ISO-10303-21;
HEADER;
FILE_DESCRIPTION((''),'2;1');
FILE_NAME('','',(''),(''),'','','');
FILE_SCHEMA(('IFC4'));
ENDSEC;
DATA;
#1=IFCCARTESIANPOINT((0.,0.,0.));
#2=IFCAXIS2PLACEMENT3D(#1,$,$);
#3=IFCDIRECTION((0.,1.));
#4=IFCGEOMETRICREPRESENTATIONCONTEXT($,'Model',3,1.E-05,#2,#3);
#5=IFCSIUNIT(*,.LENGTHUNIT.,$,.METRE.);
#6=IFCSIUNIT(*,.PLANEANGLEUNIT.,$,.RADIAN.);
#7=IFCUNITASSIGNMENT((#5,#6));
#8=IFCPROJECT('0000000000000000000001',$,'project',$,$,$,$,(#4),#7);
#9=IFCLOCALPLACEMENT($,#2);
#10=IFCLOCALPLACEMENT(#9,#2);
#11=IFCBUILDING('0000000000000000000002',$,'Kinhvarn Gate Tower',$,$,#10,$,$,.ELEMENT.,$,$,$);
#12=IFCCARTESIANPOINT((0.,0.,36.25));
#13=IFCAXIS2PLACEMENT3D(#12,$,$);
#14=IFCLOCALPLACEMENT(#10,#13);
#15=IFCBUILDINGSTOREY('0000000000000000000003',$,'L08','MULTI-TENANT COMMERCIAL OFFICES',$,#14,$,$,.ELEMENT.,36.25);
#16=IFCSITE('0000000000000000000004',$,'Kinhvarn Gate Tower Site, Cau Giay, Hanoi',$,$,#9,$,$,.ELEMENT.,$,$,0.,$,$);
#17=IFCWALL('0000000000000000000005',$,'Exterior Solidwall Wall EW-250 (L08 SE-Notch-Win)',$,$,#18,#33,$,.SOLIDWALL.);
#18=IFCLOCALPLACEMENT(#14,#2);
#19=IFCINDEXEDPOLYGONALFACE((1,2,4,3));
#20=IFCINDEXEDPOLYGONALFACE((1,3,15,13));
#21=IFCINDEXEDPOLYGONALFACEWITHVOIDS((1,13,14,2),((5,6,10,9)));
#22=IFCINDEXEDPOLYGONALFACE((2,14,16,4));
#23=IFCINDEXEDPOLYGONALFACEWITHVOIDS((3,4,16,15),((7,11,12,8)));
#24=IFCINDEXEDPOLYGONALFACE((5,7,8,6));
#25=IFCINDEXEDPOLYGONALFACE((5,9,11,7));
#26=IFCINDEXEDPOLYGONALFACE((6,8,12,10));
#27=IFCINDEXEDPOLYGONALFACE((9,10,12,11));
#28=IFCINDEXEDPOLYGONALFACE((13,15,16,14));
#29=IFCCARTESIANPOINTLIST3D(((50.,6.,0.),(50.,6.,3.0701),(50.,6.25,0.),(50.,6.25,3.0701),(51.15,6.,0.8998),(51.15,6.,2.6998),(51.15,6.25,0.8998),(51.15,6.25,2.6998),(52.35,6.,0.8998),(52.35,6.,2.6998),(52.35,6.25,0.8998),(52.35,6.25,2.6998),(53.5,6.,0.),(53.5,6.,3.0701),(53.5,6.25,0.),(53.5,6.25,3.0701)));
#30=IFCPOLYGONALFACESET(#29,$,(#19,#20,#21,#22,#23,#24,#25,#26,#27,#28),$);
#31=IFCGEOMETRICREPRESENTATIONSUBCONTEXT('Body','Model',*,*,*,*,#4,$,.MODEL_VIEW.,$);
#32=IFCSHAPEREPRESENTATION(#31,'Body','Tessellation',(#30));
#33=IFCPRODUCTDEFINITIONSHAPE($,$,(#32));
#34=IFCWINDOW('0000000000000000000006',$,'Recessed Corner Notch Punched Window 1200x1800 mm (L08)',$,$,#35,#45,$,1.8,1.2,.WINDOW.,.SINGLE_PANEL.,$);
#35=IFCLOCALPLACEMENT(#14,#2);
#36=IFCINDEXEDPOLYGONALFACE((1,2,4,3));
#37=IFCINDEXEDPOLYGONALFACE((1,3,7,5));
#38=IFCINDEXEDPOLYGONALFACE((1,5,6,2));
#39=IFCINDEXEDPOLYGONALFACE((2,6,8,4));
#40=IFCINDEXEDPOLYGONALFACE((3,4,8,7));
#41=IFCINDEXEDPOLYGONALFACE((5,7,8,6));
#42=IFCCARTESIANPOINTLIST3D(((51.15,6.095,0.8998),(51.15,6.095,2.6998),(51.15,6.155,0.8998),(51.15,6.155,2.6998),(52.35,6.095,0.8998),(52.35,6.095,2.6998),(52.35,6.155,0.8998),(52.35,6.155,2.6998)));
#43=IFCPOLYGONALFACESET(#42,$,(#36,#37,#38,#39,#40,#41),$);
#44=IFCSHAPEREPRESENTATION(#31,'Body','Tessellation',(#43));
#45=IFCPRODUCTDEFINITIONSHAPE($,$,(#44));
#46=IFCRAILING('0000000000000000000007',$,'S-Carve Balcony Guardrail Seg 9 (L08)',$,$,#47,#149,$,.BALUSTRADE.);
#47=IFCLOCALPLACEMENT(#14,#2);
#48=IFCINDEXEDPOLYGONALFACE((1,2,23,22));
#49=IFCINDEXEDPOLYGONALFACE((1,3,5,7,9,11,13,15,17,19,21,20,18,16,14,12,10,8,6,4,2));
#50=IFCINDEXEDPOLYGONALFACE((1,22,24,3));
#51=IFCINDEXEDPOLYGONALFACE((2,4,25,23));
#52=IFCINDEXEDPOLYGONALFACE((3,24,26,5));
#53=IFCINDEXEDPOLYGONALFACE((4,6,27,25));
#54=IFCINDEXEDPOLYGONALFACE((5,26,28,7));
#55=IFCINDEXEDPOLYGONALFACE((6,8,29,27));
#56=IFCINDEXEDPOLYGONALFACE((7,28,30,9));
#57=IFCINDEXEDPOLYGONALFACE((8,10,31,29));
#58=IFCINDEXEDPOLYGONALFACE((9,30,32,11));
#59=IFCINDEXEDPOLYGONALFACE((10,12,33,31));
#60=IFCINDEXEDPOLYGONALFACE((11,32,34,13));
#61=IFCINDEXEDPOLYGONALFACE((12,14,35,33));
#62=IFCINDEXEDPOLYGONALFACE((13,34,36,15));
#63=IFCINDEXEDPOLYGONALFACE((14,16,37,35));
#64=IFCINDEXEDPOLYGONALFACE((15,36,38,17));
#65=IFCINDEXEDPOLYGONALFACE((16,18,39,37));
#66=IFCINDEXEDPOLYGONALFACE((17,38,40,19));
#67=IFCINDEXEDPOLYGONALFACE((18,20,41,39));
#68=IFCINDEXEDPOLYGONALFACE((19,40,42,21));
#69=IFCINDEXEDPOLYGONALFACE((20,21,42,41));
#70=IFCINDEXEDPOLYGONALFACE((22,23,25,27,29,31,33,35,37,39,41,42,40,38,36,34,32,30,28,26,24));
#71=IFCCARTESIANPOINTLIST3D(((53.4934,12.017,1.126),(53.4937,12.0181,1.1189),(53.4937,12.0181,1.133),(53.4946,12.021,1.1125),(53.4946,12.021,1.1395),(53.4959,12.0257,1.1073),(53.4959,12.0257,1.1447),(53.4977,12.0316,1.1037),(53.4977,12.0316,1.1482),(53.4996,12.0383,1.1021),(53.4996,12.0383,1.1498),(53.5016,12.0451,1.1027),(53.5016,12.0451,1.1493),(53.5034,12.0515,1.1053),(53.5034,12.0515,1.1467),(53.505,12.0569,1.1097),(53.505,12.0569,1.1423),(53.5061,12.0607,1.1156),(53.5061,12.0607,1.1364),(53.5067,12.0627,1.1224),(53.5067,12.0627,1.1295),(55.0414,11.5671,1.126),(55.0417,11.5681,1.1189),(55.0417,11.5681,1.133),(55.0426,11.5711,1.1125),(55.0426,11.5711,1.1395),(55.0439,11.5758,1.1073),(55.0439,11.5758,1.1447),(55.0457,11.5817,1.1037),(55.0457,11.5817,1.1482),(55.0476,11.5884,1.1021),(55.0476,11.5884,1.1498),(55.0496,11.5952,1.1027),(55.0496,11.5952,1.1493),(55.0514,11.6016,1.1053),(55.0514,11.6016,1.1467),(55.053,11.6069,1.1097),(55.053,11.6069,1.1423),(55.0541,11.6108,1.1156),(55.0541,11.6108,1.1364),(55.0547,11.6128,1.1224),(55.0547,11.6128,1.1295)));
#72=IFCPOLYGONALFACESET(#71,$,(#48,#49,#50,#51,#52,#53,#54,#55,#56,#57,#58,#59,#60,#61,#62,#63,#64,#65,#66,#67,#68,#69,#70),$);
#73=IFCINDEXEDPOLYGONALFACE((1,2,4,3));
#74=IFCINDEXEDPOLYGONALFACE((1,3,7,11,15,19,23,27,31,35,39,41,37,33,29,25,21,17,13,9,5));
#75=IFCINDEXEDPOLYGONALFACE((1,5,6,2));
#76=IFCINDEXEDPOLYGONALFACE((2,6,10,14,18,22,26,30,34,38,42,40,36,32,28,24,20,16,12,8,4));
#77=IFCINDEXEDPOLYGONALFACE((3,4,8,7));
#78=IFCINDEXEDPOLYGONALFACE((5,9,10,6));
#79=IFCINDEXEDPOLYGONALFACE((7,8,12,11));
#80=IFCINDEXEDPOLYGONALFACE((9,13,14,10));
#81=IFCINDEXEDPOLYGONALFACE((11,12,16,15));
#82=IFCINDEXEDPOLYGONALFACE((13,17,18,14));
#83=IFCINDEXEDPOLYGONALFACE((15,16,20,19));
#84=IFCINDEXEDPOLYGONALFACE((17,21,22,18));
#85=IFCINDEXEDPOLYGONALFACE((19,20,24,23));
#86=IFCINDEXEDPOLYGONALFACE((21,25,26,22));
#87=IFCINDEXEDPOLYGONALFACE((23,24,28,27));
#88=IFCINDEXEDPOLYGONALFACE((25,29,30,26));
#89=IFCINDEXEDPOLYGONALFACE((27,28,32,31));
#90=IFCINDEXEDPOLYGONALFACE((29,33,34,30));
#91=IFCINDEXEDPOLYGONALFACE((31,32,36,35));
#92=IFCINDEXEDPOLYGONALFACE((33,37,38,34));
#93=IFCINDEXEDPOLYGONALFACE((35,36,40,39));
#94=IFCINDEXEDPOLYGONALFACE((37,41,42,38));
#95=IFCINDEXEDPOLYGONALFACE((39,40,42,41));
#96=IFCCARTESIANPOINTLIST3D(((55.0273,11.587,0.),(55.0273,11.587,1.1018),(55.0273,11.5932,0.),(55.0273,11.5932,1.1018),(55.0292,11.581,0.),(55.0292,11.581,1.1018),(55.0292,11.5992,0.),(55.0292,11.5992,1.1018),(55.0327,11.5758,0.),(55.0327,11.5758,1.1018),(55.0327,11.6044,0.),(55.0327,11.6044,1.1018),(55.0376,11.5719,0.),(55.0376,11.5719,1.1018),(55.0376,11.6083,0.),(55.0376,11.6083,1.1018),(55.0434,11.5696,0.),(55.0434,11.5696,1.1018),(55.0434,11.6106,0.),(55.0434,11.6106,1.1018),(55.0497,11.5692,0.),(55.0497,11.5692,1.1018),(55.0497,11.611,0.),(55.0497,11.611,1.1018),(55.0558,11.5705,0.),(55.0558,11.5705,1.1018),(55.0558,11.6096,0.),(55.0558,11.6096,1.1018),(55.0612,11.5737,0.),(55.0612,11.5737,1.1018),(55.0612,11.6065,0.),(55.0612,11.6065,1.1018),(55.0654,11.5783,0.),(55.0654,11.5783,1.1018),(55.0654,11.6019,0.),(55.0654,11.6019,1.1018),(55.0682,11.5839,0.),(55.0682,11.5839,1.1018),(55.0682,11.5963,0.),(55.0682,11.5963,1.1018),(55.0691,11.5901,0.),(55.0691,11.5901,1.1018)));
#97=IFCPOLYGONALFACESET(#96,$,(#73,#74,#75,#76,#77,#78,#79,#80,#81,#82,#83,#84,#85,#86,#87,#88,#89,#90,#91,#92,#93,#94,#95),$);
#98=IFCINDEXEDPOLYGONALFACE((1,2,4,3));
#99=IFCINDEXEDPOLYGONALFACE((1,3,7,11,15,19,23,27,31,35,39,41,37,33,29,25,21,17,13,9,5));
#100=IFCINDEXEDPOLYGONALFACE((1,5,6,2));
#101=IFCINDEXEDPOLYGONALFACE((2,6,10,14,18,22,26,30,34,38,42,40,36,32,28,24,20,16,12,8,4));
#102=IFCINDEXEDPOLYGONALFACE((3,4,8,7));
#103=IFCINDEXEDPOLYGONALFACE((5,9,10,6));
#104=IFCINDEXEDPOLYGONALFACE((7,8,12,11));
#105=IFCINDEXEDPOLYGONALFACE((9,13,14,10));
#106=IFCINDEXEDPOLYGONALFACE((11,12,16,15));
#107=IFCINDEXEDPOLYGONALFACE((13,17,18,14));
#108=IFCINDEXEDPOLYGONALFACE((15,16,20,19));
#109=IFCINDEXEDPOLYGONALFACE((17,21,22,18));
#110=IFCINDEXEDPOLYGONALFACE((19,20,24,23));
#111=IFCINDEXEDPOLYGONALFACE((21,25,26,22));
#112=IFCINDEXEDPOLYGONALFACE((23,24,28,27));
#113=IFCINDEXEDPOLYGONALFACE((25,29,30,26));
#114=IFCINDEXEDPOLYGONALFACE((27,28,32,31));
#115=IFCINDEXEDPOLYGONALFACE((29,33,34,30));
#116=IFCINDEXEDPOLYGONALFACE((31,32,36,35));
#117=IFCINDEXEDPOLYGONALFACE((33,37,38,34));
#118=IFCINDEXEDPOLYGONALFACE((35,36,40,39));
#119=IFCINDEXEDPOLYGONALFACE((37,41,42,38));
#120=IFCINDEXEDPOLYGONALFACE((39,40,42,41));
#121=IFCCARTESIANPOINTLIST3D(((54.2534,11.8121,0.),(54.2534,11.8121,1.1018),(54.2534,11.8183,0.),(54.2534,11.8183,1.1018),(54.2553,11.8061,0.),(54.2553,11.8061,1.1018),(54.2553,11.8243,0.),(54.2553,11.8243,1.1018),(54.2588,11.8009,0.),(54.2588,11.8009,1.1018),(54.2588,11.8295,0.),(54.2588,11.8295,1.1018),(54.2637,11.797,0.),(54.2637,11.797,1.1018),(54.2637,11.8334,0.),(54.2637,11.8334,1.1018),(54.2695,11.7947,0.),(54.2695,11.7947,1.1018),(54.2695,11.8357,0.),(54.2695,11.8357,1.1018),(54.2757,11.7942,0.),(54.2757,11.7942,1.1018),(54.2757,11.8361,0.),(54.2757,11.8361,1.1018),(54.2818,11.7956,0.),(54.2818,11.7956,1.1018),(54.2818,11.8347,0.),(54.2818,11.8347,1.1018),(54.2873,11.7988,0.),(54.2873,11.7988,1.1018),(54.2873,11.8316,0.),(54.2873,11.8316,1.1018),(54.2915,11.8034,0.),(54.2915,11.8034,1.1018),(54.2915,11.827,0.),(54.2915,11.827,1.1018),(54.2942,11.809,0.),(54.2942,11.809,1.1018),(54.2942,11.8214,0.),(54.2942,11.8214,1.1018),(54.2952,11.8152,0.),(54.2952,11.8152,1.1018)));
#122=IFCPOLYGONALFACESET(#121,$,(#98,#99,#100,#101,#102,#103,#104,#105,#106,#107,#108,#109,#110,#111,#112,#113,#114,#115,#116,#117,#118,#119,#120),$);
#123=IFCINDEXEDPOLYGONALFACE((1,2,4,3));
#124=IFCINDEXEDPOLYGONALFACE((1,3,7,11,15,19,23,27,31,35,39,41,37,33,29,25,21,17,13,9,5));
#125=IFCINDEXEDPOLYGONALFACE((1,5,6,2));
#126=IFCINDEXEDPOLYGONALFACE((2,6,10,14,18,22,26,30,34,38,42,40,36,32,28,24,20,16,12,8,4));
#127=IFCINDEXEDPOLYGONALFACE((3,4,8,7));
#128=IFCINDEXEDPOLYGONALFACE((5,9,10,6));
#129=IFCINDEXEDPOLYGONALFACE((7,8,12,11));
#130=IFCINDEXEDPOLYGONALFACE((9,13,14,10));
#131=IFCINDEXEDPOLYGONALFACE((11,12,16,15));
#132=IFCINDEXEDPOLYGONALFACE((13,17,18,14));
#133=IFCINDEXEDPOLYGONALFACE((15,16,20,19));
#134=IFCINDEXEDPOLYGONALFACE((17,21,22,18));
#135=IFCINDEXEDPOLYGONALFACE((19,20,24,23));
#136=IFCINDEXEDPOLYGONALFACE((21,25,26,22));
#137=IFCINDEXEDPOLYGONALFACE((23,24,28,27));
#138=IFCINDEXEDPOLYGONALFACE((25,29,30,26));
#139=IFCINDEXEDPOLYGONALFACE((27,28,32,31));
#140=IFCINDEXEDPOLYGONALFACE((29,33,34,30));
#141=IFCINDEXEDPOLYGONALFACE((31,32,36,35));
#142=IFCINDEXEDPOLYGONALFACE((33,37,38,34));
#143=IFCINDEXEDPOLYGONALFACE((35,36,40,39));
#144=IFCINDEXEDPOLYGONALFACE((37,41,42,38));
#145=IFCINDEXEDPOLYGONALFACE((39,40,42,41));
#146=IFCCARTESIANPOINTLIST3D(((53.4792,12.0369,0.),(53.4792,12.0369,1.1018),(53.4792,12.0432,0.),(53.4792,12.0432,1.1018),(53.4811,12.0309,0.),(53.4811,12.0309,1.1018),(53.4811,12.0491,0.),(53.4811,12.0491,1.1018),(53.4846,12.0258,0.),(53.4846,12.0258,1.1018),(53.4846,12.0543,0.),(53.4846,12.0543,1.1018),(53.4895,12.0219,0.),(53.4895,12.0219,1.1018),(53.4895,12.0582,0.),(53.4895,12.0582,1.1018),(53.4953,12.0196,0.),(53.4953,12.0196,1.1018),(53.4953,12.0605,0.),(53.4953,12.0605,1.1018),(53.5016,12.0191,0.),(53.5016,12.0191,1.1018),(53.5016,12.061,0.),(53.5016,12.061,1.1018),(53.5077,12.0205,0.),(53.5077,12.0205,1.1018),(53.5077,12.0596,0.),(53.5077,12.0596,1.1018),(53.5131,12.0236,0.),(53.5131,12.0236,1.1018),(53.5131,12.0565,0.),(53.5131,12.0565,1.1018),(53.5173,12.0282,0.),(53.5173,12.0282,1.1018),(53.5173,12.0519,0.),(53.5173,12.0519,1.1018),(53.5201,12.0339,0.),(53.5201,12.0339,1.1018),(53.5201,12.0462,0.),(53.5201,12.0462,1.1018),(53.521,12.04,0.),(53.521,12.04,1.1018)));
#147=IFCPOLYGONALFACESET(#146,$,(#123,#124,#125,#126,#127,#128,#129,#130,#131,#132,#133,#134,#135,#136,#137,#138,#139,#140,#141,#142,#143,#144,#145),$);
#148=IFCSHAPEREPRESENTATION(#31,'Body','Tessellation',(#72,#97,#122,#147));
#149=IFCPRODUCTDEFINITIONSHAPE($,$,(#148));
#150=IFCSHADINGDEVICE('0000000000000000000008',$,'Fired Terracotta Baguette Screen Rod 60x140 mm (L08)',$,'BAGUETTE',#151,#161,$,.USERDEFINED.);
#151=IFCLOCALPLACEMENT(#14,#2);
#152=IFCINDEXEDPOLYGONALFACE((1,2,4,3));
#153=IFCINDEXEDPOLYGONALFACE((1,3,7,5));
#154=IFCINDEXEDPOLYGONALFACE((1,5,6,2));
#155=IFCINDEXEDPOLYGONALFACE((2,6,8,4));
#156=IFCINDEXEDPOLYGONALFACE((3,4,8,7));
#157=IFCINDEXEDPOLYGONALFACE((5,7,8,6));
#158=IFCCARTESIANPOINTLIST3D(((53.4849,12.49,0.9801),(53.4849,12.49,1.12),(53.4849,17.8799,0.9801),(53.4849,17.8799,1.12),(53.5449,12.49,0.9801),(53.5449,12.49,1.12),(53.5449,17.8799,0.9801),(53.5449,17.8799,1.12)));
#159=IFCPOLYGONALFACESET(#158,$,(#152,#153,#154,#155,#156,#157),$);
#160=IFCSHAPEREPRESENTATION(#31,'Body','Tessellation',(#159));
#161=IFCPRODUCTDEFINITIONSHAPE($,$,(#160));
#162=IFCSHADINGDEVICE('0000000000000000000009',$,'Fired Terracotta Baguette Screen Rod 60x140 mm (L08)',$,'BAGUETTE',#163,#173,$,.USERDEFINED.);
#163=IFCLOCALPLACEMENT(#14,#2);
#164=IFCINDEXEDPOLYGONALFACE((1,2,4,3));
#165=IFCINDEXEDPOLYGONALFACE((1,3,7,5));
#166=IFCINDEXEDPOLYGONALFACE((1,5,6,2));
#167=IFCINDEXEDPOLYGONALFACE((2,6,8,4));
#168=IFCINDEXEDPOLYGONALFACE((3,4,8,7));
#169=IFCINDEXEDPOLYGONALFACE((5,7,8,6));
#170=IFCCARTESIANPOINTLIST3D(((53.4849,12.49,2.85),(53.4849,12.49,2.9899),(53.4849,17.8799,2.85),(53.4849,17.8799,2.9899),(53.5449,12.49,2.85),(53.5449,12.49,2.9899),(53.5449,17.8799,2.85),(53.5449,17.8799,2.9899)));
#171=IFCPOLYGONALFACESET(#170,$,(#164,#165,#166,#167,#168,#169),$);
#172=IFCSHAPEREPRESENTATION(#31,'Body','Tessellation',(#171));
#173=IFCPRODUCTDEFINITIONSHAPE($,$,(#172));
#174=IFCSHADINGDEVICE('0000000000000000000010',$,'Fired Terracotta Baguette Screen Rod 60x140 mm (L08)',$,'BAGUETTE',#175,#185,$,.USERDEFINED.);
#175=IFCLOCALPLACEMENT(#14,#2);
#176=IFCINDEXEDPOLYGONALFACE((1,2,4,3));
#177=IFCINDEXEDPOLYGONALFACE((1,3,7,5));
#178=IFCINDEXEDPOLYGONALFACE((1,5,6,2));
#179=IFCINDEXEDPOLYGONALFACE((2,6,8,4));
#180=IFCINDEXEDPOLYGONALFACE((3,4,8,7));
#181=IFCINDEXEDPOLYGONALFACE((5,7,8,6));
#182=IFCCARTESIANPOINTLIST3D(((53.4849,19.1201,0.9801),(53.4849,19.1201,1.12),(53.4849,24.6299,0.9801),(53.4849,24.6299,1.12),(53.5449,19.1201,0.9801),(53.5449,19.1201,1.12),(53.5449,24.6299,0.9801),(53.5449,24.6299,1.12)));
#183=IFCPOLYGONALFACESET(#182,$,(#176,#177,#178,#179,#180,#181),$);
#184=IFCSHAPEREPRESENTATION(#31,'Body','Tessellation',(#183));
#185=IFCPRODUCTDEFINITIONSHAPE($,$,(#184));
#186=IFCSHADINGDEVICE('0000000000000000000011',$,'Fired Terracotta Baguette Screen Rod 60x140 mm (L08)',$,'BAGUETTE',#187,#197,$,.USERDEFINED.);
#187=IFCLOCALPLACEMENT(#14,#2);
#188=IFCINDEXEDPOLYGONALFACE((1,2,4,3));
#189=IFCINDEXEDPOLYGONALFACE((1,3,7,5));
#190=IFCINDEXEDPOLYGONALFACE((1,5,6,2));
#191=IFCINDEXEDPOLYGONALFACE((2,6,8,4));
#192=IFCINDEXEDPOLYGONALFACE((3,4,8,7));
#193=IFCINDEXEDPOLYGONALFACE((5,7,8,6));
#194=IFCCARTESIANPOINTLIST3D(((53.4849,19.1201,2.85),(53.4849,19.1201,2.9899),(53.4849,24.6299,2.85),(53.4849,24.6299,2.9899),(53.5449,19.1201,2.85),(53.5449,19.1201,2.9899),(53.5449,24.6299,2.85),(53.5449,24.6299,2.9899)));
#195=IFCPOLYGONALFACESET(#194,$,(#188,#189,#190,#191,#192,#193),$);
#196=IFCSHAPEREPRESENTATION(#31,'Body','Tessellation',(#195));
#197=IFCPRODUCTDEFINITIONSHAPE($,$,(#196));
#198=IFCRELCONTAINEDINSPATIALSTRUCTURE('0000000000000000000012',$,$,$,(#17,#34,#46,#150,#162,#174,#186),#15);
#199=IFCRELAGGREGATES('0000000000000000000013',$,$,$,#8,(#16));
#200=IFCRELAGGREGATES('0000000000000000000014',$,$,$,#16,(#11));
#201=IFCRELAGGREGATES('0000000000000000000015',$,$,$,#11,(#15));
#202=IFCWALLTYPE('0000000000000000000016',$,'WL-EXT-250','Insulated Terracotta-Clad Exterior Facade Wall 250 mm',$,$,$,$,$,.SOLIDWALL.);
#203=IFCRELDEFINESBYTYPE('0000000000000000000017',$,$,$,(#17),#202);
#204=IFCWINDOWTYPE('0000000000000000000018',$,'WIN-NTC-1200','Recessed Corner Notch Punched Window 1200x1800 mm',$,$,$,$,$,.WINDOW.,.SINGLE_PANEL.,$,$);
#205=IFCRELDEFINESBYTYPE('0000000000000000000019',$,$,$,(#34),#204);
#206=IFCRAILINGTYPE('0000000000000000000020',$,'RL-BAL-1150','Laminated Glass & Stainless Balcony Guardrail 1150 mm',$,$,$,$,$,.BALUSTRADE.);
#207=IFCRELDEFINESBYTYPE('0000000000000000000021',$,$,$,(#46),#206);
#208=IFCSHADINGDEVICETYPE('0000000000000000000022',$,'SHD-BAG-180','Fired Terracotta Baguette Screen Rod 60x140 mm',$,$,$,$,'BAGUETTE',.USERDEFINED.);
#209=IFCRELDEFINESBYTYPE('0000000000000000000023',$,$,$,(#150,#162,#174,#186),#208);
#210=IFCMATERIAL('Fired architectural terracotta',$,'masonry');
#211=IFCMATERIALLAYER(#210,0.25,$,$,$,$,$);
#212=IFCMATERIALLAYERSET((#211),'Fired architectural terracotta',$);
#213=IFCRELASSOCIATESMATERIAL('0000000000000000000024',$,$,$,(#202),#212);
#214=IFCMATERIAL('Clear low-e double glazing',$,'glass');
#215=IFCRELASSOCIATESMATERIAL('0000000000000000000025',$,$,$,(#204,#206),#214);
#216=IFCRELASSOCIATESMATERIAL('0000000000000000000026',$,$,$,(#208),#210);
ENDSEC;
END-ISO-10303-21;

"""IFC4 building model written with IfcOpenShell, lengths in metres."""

from ifc_helpers import new_model, si_unit, direction, frame, frame_2d, origin, origin_2d, place, context, subcontext, project, spatial, rectangle, circle, extrude, material, layer, layer_set, material_profile, profile_set, type_object, element, fill, save


model = new_model("IFC4")

# Units and contexts
model_context = context("Model", 3, precision=1e-05, world=origin(), true_north=direction((0.0, 1.0)))
body_context = subcontext(model_context, "Body", "Model", "MODEL_VIEW")
ifc_project = project(units=[si_unit("LENGTHUNIT", "METRE"), si_unit("PLANEANGLEUNIT", "RADIAN")], contexts=[model_context])

# Site, building, storey
site_placement = place(None, origin())
site = spatial("IfcSite", under=ifc_project, at=site_placement, Name="Kinhvarn Gate Tower Site, Cau Giay, Hanoi", CompositionType="ELEMENT", RefElevation=0.0)
building_placement = place(site_placement, origin())
building = spatial("IfcBuilding", under=site, at=building_placement, Name="Kinhvarn Gate Tower", CompositionType="ELEMENT")
storey_placement = place(building_placement, frame((0.0, 0.0, 36.25)))
storey = spatial("IfcBuildingStorey", under=building, at=storey_placement, Name="L08", Description="MULTI-TENANT COMMERCIAL OFFICES", CompositionType="ELEMENT", Elevation=36.25)

# Shared definitions
ifc_material_1 = material(Name="Clear low-e double glazing", Category="glass")

# Wall, opening, window
ifc_material_2 = material(Name="Fired architectural terracotta", Category="masonry")
ifc_layer_1 = layer(ifc_material_2, 0.25)
ifc_layer_set_1 = layer_set([ifc_layer_1], Name="Fired architectural terracotta")
wall_type = type_object("IfcWallType", Name="WL-EXT-250", Description="Insulated Terracotta-Clad Exterior Facade Wall 250 mm", PredefinedType="SOLIDWALL", material=ifc_layer_set_1)
wall_placement = place(storey_placement, frame((50.0, 6.125, 0.0), z_axis=(0.0, 0.0, 1.0), x_axis=(1.0, 0.0, 0.0)))
wall = element("IfcWall", 1, at=wall_placement, inside=storey, type_object=wall_type, Name="Exterior Solidwall Wall EW-250 (L08 SE-Notch-Win)", PredefinedType="SOLIDWALL", context=body_context, shape_type="SweptSolid", body=[
    extrude(rectangle(XDim=3.5, YDim=0.25, at=frame_2d((1.75, 0.0))), origin(), (0.0, 0.0, 1.0), 3.0701),
])
opening_placement = place(wall_placement, frame((1.1499, 0.0, 0.8999)))
opening = element("IfcOpeningElement", 2, at=opening_placement, cuts=wall, PredefinedType="OPENING", context=body_context, shape_type="SweptSolid", body=[
    extrude(rectangle(XDim=1.2, YDim=1.8, at=frame_2d((0.6001, 0.8999))), frame((0.0, 0.135, 0.0), z_axis=(0.0, -1.0, 0.0), x_axis=(1.0, 0.0, 0.0)), (0.0, 0.0, 1.0), 0.27),
])
window_type = type_object("IfcWindowType", Name="WIN-NTC-1200", Description="Recessed Corner Notch Punched Window 1200x1800 mm", PartitioningType="SINGLE_PANEL", PredefinedType="WINDOW", material=ifc_material_1)
window_placement = place(opening_placement, origin())
window = element("IfcWindow", 3, at=window_placement, inside=storey, type_object=window_type, Name="Recessed Corner Notch Punched Window 1200x1800 mm (L08)", OverallHeight=1.8, OverallWidth=1.2, PartitioningType="SINGLE_PANEL", PredefinedType="WINDOW", context=body_context, shape_type="SweptSolid", body=[
    extrude(rectangle(XDim=1.2, YDim=1.8, at=frame_2d((0.6001, 0.8999))), frame((0.0, 0.03, 0.0), z_axis=(0.0, -1.0, 0.0), x_axis=(1.0, 0.0, 0.0)), (0.0, 0.0, 1.0), 0.0601),
])
fill(opening, window)

# Railing
railing_type = type_object("IfcRailingType", Name="RL-BAL-1150", Description="Laminated Glass & Stainless Balcony Guardrail 1150 mm", PredefinedType="BALUSTRADE", material=ifc_material_1)
railing_placement = place(storey_placement, frame((55.0481, 11.5901, 0.0)))
element("IfcRailing", 4, at=railing_placement, inside=storey, type_object=railing_type, Name="S-Carve Balcony Guardrail Seg 9 (L08)", PredefinedType="BALUSTRADE", context=body_context, shape_type="SweptSolid", body=[
    extrude(circle(Radius=0.0239, at=origin_2d()), frame((0.0, 0.0, 1.126), z_axis=(-0.960262, 0.279099, 0.0), x_axis=(-0.279099, -0.960262, 0.0)), (0.0, 0.0, 1.0), 1.6121),
    extrude(circle(Radius=0.021, at=origin_2d()), origin(), (0.0, 0.0, 1.0), 1.1018),
    extrude(circle(Radius=0.021, at=origin_2d()), frame((-0.7739, 0.2251, 0.0)), (0.0, 0.0, 1.0), 1.1018),
    extrude(circle(Radius=0.021, at=origin_2d()), frame((-1.5481, 0.45, 0.0)), (0.0, 0.0, 1.0), 1.1018),
])

# Shading devices
ifc_material_profile_1 = material_profile(ifc_material_2, rectangle(XDim=0.0601, YDim=0.1399, at=origin_2d()), Name="TC 60x140")
ifc_profile_set_1 = profile_set([ifc_material_profile_1], Name="Fired architectural terracotta")
shading_device_type = type_object("IfcShadingDeviceType", Name="SHD-BAG-180", Description="Fired Terracotta Baguette Screen Rod 60x140 mm", ElementType="BAGUETTE", PredefinedType="USERDEFINED", material=ifc_profile_set_1)
for number, where, z_axis, x_axis, name in (
    (5, (53.5149, 12.49, 1.05), (0.0, 1.0, 0.0), (-1.0, 0.0, 0.0), "Fired Terracotta Baguette Screen Rod 60x140 mm (L08)"),
    (6, (53.5149, 12.49, 2.9199), (0.0, 1.0, 0.0), (-1.0, 0.0, 0.0), "Fired Terracotta Baguette Screen Rod 60x140 mm (L08)"),
):
    element("IfcShadingDevice", number, at=place(storey_placement, frame(where, z_axis=z_axis, x_axis=x_axis)), inside=storey, type_object=shading_device_type, Name=name, ObjectType="BAGUETTE", PredefinedType="USERDEFINED", context=body_context, shape_type="SweptSolid", body=[
        extrude(rectangle(XDim=0.0601, YDim=0.1399, at=origin_2d()), origin(), (0.0, 0.0, 1.0), 5.3899),
    ])
for number, where, z_axis, x_axis, name in (
    (7, (53.5149, 19.1201, 1.05), (0.0, 1.0, 0.0), (-1.0, 0.0, 0.0), "Fired Terracotta Baguette Screen Rod 60x140 mm (L08)"),
    (8, (53.5149, 19.1201, 2.9199), (0.0, 1.0, 0.0), (-1.0, 0.0, 0.0), "Fired Terracotta Baguette Screen Rod 60x140 mm (L08)"),
):
    element("IfcShadingDevice", number, at=place(storey_placement, frame(where, z_axis=z_axis, x_axis=x_axis)), inside=storey, type_object=shading_device_type, Name=name, ObjectType="BAGUETTE", PredefinedType="USERDEFINED", context=body_context, shape_type="SweptSolid", body=[
        extrude(rectangle(XDim=0.0601, YDim=0.1399, at=origin_2d()), origin(), (0.0, 0.0, 1.0), 5.5098),
    ])

save(model, "model.ifc")
